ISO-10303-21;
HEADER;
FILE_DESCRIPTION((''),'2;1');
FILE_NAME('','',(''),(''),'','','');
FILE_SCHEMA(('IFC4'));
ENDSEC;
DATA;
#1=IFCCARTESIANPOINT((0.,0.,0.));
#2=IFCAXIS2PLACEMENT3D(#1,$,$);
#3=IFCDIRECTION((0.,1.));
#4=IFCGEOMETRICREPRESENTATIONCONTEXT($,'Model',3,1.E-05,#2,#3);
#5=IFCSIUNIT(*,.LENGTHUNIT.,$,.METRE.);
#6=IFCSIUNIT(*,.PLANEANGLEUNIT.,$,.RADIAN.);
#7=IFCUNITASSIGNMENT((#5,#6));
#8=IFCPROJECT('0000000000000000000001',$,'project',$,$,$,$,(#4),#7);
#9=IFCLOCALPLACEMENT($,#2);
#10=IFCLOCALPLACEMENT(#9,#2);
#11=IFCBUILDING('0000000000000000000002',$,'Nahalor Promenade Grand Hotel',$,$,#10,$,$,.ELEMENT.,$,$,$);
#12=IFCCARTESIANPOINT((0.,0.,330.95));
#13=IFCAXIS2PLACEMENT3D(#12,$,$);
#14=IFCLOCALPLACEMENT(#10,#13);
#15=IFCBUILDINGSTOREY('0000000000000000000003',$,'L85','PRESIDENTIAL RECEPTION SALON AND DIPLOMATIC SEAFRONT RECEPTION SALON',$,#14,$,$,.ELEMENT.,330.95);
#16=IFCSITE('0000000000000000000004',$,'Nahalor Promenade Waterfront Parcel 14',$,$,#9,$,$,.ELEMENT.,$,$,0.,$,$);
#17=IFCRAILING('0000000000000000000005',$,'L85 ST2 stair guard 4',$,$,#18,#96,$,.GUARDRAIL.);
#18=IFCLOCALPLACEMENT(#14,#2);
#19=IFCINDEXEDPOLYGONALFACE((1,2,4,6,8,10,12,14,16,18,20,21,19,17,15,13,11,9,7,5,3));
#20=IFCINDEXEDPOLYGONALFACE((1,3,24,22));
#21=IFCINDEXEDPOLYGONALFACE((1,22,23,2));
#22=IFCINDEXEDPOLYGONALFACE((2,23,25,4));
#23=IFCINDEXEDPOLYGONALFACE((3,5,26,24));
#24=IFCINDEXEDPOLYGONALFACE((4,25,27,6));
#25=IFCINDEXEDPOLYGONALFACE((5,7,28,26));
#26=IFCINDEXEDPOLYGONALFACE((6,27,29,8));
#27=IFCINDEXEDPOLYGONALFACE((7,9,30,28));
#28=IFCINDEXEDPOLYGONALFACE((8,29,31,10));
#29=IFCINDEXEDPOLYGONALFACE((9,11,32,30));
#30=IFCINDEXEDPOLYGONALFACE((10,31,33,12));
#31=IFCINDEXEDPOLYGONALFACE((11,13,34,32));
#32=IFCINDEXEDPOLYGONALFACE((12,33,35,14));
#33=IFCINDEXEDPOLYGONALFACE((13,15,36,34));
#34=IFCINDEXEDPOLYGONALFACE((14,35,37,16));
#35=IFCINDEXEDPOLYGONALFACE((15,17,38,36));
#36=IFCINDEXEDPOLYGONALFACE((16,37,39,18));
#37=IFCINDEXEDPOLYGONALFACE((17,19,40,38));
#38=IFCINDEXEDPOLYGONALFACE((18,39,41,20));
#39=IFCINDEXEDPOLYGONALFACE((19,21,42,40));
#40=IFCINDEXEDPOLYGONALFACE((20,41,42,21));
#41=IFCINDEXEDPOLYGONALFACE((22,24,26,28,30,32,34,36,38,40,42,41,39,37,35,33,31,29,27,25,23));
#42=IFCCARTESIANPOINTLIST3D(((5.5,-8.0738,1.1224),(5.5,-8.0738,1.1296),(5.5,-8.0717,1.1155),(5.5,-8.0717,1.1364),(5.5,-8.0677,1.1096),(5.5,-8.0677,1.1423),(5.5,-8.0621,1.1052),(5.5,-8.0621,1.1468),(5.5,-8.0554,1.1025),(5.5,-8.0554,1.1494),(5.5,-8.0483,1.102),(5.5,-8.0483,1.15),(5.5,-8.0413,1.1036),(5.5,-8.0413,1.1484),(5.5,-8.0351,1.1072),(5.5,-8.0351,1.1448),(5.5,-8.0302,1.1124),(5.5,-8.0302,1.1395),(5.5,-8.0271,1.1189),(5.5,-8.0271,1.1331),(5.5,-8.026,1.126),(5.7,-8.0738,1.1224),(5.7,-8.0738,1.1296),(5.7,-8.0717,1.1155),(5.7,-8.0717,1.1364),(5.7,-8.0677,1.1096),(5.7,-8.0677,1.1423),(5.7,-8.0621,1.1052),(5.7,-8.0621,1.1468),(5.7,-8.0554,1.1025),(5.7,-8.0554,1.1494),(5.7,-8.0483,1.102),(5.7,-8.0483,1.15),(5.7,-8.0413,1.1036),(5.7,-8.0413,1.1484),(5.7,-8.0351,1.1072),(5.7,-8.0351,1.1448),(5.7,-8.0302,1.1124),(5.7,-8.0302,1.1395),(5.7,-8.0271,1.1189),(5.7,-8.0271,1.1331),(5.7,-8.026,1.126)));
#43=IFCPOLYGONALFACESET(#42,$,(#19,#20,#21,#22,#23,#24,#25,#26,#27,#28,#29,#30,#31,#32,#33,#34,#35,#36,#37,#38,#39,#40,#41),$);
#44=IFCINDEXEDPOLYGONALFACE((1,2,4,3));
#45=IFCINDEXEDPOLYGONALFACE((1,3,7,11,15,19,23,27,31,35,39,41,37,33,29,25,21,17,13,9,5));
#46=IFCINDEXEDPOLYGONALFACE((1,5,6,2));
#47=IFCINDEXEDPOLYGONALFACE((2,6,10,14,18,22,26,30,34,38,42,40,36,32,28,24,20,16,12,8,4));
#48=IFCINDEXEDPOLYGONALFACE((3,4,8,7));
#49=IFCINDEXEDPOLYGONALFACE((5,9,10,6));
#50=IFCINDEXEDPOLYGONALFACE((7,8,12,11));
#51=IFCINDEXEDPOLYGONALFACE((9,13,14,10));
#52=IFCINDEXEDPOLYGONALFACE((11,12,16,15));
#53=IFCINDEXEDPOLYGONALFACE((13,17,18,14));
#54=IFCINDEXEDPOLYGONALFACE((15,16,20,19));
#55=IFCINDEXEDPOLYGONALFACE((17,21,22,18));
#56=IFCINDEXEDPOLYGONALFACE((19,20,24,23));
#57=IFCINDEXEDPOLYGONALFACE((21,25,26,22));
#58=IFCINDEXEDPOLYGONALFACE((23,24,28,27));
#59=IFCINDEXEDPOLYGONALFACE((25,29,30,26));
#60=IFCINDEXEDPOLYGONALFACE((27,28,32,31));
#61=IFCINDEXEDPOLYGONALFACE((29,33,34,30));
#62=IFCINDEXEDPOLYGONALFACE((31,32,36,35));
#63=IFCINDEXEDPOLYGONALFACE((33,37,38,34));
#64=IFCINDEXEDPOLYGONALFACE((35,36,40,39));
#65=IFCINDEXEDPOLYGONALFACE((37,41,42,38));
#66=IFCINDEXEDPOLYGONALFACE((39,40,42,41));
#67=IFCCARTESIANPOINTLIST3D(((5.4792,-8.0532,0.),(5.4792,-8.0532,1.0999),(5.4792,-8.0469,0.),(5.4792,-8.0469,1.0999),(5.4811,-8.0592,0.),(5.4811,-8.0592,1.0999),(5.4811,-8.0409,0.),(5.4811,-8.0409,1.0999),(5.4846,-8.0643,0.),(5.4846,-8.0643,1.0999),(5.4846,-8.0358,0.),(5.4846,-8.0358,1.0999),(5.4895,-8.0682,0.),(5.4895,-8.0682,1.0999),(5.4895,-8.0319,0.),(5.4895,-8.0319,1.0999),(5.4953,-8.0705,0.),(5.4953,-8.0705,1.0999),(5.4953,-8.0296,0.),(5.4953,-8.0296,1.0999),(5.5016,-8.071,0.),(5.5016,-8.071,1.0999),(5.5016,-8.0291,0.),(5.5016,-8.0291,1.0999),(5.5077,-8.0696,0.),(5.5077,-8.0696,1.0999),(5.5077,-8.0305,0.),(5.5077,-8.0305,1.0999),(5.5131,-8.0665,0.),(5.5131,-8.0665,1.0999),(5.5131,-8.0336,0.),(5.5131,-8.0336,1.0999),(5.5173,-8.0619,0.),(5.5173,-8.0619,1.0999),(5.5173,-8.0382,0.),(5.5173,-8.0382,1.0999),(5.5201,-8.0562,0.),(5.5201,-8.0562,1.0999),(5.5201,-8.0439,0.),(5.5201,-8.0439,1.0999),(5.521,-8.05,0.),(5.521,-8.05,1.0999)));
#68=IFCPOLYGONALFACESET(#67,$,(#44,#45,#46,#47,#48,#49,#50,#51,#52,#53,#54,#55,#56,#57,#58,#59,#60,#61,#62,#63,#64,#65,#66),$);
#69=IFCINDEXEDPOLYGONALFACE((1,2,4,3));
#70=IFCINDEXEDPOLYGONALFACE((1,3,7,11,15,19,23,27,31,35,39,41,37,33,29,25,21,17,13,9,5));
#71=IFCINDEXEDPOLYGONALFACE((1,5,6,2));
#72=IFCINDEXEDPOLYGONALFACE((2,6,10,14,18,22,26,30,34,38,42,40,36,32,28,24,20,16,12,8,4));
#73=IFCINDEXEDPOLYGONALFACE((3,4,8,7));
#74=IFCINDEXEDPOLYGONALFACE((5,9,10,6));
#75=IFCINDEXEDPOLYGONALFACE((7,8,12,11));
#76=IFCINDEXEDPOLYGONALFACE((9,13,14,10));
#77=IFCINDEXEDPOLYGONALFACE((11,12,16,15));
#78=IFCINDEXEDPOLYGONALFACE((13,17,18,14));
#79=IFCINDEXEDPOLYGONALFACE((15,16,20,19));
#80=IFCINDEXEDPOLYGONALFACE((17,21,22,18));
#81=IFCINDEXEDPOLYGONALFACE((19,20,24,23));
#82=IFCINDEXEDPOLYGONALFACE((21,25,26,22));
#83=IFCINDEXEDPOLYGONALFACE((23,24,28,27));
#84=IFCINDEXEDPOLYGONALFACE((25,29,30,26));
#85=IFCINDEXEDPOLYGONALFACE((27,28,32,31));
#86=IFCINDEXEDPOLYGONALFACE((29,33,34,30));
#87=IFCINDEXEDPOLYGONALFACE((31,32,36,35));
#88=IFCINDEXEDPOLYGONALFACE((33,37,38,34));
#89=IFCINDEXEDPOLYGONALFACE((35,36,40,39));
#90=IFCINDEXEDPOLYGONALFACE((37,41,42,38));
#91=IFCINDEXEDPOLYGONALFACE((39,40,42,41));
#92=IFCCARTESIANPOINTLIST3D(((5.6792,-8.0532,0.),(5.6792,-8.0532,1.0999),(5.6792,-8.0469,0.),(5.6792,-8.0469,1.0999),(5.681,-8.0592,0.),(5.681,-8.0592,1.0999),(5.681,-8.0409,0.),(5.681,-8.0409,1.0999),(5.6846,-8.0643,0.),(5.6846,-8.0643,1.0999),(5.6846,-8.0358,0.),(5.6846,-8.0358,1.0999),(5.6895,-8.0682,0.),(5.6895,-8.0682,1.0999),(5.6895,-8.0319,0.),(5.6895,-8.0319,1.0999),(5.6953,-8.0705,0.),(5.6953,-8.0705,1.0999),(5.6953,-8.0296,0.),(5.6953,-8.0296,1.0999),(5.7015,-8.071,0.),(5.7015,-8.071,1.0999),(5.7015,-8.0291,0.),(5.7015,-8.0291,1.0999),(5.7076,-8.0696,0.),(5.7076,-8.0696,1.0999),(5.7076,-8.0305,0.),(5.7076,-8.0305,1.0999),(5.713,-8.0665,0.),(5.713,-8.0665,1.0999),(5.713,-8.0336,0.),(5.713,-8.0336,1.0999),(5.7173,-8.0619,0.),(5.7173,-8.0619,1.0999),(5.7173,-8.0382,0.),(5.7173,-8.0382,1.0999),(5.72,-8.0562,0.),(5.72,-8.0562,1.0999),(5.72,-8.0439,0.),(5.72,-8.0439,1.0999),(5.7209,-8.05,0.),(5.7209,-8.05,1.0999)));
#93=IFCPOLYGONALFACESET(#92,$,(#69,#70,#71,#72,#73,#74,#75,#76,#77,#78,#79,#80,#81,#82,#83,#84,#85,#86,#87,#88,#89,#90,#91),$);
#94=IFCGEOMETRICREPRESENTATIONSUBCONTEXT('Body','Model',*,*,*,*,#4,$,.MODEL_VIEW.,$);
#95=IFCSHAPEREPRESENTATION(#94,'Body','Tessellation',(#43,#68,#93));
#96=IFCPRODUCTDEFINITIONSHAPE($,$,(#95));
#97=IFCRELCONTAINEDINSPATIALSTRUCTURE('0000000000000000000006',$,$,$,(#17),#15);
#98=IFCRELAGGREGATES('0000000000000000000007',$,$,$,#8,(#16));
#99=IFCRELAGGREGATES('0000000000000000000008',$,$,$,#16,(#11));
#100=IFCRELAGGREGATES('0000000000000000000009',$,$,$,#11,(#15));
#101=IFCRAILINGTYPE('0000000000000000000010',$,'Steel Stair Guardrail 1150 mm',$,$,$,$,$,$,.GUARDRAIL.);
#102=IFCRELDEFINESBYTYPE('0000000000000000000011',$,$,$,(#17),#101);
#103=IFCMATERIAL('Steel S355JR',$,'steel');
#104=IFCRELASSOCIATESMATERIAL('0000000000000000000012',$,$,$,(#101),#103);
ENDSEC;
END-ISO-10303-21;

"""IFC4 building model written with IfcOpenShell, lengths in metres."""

from ifc_helpers import new_model, si_unit, direction, frame, origin, origin_2d, place, context, subcontext, project, spatial, circle, extrude, material, type_object, element, save


model = new_model("IFC4")

# Units and contexts
model_context = context("Model", 3, precision=1e-05, world=origin(), true_north=direction((0.0, 1.0)))
body_context = subcontext(model_context, "Body", "Model", "MODEL_VIEW")
ifc_project = project(units=[si_unit("LENGTHUNIT", "METRE"), si_unit("PLANEANGLEUNIT", "RADIAN")], contexts=[model_context])

# Site, building, storey
site_placement = place(None, origin())
site = spatial("IfcSite", under=ifc_project, at=site_placement, Name="Nahalor Promenade Waterfront Parcel 14", CompositionType="ELEMENT", RefElevation=0.0)
building_placement = place(site_placement, origin())
building = spatial("IfcBuilding", under=site, at=building_placement, Name="Nahalor Promenade Grand Hotel", CompositionType="ELEMENT")
storey_placement = place(building_placement, frame((0.0, 0.0, 330.95)))
storey = spatial("IfcBuildingStorey", under=building, at=storey_placement, Name="L85", Description="PRESIDENTIAL RECEPTION SALON AND DIPLOMATIC SEAFRONT RECEPTION SALON", CompositionType="ELEMENT", Elevation=330.95)

# Shared definitions
ifc_material_1 = material(Name="Steel S355JR", Category="steel")

# Railing
railing_type_1 = type_object("IfcRailingType", Name="Steel Stair Guardrail 1150 mm", PredefinedType="GUARDRAIL", material=ifc_material_1)
railing_1_placement = place(storey_placement, frame((5.5, -8.05, 0.0)))
element("IfcRailing", 1, at=railing_1_placement, inside=storey, type_object=railing_type_1, Name="L85 ST2 stair guard 4", PredefinedType="GUARDRAIL", context=body_context, shape_type="SweptSolid", body=[
    extrude(circle(Radius=0.024, at=origin_2d()), frame((0.0, 0.0, 1.126), z_axis=(1.0, 0.0, 0.0), x_axis=(0.0, 1.0, 0.0)), (0.0, 0.0, 1.0), 0.2),
    extrude(circle(Radius=0.021, at=origin_2d()), origin(), (0.0, 0.0, 1.0), 1.0999),
    extrude(circle(Radius=0.021, at=origin_2d()), frame((0.2, 0.0, 0.0)), (0.0, 0.0, 1.0), 1.0999),
])

save(model, "model.ifc")
